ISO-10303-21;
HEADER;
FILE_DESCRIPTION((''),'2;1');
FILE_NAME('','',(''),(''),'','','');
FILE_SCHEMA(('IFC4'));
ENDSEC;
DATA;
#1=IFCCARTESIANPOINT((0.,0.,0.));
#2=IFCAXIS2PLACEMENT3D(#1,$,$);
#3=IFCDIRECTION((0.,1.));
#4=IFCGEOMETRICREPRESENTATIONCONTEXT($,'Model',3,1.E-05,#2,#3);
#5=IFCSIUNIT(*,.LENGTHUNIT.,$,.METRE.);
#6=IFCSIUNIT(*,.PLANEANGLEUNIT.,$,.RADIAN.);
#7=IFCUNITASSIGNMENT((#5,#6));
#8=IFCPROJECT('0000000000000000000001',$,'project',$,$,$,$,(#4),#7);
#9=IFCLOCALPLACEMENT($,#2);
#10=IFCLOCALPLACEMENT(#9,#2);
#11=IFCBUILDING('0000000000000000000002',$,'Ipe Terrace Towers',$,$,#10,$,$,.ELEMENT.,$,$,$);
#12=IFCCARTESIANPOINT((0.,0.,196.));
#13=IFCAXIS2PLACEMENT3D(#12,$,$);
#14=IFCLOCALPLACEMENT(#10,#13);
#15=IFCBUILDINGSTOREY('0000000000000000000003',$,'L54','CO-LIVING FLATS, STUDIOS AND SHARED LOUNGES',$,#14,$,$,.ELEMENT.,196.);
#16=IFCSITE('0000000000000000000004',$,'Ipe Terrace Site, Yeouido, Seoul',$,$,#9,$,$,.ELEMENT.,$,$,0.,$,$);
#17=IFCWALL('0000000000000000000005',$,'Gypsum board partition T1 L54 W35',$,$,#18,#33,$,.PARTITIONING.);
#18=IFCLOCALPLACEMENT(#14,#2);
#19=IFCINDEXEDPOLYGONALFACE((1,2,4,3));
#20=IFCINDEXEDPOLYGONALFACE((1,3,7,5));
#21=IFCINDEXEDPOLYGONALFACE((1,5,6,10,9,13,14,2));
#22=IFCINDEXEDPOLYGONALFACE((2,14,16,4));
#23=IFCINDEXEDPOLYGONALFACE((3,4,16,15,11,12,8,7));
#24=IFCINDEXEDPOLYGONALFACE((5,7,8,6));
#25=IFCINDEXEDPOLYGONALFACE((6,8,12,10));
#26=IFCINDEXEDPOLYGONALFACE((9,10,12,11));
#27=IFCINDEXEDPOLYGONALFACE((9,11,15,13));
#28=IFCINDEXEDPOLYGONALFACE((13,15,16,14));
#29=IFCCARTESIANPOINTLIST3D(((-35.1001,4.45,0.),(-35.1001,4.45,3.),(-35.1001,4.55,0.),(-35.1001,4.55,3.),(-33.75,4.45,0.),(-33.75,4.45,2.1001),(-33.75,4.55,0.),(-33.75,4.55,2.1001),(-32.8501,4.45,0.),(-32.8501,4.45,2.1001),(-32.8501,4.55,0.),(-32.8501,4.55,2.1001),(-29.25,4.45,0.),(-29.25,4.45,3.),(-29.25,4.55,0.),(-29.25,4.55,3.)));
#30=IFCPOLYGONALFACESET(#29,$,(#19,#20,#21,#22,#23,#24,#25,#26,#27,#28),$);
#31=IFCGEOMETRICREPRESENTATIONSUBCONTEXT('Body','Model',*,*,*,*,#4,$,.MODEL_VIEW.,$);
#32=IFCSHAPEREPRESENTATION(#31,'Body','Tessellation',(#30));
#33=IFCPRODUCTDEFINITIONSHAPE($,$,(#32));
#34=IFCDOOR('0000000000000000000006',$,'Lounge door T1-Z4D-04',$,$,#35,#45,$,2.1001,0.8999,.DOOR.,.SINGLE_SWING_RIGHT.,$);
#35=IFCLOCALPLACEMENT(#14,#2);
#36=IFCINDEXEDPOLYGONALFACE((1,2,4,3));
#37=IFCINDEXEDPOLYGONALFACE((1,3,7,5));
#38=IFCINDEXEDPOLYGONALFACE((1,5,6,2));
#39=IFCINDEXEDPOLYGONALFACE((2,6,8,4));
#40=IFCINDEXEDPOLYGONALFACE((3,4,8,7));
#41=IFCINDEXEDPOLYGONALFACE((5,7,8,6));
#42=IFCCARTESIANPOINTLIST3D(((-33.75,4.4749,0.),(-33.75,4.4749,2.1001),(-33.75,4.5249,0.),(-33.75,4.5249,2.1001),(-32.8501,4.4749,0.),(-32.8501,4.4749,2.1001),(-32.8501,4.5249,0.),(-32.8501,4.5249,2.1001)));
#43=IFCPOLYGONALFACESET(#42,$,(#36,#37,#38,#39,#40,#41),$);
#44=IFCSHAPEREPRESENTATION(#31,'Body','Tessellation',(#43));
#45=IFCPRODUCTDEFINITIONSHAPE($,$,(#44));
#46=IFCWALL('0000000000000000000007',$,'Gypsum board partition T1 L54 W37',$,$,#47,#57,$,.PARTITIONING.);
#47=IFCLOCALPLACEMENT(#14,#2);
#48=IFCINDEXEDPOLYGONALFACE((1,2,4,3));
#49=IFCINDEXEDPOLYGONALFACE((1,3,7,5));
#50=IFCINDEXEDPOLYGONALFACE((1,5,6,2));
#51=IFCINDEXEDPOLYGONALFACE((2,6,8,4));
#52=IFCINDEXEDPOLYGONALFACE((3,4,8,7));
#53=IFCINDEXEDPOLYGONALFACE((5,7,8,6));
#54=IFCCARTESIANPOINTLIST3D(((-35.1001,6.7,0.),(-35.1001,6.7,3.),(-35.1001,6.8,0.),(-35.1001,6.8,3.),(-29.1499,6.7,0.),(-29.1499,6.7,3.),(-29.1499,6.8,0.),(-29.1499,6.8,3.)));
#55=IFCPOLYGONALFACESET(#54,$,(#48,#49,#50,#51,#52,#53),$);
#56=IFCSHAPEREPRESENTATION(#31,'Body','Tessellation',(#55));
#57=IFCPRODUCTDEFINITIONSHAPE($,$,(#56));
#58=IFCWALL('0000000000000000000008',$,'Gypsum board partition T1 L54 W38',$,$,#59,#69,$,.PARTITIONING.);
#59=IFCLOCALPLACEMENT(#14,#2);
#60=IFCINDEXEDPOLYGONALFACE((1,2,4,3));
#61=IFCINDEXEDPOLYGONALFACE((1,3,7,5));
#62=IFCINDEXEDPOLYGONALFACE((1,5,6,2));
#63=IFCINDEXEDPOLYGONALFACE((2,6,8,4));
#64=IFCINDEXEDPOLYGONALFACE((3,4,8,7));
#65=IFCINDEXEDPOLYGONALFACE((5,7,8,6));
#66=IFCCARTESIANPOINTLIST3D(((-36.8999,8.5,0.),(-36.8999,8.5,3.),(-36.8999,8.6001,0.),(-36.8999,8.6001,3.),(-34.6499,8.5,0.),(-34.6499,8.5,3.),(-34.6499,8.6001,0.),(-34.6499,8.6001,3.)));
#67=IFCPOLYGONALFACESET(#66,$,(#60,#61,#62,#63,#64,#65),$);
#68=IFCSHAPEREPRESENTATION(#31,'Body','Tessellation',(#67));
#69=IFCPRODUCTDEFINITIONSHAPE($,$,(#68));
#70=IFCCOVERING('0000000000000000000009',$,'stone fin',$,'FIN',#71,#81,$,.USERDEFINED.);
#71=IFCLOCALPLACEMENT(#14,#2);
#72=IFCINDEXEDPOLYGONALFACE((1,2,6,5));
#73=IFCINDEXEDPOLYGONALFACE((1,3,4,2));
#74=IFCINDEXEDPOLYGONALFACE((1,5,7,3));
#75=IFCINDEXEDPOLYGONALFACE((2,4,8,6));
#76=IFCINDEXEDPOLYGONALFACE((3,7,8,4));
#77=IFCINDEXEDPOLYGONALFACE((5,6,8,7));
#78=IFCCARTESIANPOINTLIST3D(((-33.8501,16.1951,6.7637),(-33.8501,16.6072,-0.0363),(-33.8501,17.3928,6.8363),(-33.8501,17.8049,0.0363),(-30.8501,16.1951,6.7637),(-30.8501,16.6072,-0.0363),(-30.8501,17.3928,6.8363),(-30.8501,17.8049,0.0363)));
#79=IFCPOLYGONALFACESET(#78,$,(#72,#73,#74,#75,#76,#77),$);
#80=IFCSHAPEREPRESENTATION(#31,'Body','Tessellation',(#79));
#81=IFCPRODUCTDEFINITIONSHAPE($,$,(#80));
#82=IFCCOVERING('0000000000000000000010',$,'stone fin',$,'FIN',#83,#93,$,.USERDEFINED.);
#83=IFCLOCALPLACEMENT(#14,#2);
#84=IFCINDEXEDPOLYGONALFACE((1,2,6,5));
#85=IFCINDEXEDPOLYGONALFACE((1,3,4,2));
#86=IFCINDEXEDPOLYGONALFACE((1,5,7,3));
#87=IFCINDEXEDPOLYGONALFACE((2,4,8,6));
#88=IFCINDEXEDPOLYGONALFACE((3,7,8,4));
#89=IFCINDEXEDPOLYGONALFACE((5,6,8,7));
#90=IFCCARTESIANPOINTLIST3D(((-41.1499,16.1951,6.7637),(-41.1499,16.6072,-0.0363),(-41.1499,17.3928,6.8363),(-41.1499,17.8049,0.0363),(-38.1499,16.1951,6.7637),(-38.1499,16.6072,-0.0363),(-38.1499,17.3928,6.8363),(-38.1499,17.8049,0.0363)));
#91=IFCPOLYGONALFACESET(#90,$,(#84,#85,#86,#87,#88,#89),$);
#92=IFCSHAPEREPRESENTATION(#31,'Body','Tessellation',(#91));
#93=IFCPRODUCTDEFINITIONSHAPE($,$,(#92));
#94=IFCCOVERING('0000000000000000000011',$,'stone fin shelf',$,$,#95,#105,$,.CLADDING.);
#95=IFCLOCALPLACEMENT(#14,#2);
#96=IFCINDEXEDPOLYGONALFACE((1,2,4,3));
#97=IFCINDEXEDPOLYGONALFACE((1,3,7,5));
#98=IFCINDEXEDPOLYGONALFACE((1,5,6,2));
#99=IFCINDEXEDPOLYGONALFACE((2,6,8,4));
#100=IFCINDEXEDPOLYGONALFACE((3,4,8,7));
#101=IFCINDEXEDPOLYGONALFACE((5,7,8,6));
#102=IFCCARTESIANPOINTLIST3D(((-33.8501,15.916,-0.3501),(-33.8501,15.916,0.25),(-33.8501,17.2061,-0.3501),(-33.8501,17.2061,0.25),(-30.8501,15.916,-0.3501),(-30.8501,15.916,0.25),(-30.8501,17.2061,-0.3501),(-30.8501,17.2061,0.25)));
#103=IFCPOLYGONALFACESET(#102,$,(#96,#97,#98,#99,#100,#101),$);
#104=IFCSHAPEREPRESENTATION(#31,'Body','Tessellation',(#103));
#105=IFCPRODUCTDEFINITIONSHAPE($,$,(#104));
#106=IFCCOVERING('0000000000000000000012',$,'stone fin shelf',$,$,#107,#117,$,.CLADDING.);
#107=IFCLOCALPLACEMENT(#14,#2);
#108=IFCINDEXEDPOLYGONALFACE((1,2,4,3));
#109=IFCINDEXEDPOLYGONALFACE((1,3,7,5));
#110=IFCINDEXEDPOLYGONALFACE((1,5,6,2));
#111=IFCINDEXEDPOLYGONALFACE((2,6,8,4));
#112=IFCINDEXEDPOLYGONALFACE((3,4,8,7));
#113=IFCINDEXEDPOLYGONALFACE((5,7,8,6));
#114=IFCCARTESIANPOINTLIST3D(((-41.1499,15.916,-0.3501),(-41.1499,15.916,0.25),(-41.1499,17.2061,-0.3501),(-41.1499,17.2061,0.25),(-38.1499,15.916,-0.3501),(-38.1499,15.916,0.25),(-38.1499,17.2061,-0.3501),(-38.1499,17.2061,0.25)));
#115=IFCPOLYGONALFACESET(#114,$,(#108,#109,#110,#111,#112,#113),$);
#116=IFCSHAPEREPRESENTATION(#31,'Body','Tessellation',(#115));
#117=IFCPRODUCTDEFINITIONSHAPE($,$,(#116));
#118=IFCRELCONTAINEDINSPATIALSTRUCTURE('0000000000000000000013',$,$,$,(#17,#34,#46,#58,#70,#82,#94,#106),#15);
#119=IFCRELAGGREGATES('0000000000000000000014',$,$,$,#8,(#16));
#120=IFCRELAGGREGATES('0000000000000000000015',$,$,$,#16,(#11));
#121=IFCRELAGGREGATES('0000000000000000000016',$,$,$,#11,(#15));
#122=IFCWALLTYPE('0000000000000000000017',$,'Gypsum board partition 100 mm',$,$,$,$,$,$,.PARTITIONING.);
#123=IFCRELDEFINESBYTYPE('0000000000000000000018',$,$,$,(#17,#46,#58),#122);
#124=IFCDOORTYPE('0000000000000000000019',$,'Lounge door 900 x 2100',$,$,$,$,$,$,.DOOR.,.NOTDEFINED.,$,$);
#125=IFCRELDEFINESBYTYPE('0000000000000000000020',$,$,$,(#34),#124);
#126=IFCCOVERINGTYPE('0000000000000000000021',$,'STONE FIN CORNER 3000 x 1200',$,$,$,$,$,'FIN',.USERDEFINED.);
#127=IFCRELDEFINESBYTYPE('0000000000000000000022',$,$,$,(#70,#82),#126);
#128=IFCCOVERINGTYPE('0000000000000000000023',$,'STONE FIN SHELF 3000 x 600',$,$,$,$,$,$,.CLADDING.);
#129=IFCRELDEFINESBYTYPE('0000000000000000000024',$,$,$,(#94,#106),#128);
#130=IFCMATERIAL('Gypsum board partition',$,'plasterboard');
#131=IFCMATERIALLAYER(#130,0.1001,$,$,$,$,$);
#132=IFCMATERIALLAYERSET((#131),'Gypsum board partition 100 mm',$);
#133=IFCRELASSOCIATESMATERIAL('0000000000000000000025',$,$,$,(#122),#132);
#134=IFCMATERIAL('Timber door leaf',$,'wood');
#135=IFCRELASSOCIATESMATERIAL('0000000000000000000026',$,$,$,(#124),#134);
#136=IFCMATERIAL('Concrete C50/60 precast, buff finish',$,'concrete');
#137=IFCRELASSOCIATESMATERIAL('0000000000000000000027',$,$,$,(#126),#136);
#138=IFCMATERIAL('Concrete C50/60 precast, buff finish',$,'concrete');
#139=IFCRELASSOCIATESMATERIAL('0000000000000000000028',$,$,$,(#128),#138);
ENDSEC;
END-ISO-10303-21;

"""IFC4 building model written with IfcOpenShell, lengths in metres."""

from ifc_helpers import new_model, si_unit, direction, frame, frame_2d, origin, origin_2d, place, context, subcontext, project, spatial, rectangle, extrude, material, layer, layer_set, material_profile, profile_set, type_object, element, fill, save


model = new_model("IFC4")

# Units and contexts
model_context = context("Model", 3, precision=1e-05, world=origin(), true_north=direction((0.0, 1.0)))
body_context = subcontext(model_context, "Body", "Model", "MODEL_VIEW")
ifc_project = project(units=[si_unit("LENGTHUNIT", "METRE"), si_unit("PLANEANGLEUNIT", "RADIAN")], contexts=[model_context])

# Site, building, storey
site_placement = place(None, origin())
site = spatial("IfcSite", under=ifc_project, at=site_placement, Name="Ipe Terrace Site, Yeouido, Seoul", CompositionType="ELEMENT", RefElevation=0.0)
building_placement = place(site_placement, origin())
building = spatial("IfcBuilding", under=site, at=building_placement, Name="Ipe Terrace Towers", CompositionType="ELEMENT")
storey_placement = place(building_placement, frame((0.0, 0.0, 196.0)))
storey = spatial("IfcBuildingStorey", under=building, at=storey_placement, Name="L54", Description="CO-LIVING FLATS, STUDIOS AND SHARED LOUNGES", CompositionType="ELEMENT", Elevation=196.0)

# Shared definitions
ifc_material_1 = material(Name="Gypsum board partition", Category="plasterboard")
ifc_layer_1 = layer(ifc_material_1, 0.1001)
ifc_layer_set_1 = layer_set([ifc_layer_1], Name="Gypsum board partition 100 mm")
wall_type_1 = type_object("IfcWallType", Name="Gypsum board partition 100 mm", PredefinedType="PARTITIONING", material=ifc_layer_set_1)
ifc_material_2 = material(Name="Timber door leaf", Category="wood")
door_type = type_object("IfcDoorType", Name="Lounge door 900 x 2100", OperationType="NOTDEFINED", PredefinedType="DOOR", material=ifc_material_2)

# Wall, opening, door
wall_1_placement = place(storey_placement, frame((-35.1001, 4.5, 0.0), z_axis=(0.0, 0.0, 1.0), x_axis=(1.0, 0.0, 0.0)))
wall_1 = element("IfcWall", 1, at=wall_1_placement, inside=storey, type_object=wall_type_1, Name="Gypsum board partition T1 L54 W35", PredefinedType="PARTITIONING", context=body_context, shape_type="SweptSolid", body=[
    extrude(rectangle(XDim=5.8501, YDim=0.1001, at=frame_2d((2.925, 0.0))), origin(), (0.0, 0.0, 1.0), 3.0),
])
opening_1_placement = place(wall_1_placement, frame((1.3501, 0.0, 0.0)))
opening_1 = element("IfcOpeningElement", 2, at=opening_1_placement, cuts=wall_1, PredefinedType="OPENING", context=body_context, shape_type="SweptSolid", body=[
    extrude(rectangle(XDim=0.8999, YDim=2.1001, at=frame_2d((0.45, 1.05))), frame((0.0, 0.0601, 0.0), z_axis=(0.0, -1.0, 0.0), x_axis=(1.0, 0.0, 0.0)), (0.0, 0.0, 1.0), 0.1201),
])
door_1_placement = place(opening_1_placement, origin())
door_1 = element("IfcDoor", 3, at=door_1_placement, inside=storey, type_object=door_type, Name="Lounge door T1-Z4D-04", OperationType="SINGLE_SWING_RIGHT", OverallHeight=2.1001, OverallWidth=0.8999, PredefinedType="DOOR", context=body_context, shape_type="SweptSolid", body=[
    extrude(rectangle(XDim=0.8999, YDim=2.1001, at=frame_2d((0.45, 1.05))), frame((0.0, 0.0249, 0.0), z_axis=(0.0, -1.0, 0.0), x_axis=(1.0, 0.0, 0.0)), (0.0, 0.0, 1.0), 0.05),
])
fill(opening_1, door_1)

# Walls
wall_2_placement = place(storey_placement, frame((-35.1001, 6.75, 0.0), z_axis=(0.0, 0.0, 1.0), x_axis=(1.0, 0.0, 0.0)))
element("IfcWall", 4, at=wall_2_placement, inside=storey, type_object=wall_type_1, Name="Gypsum board partition T1 L54 W37", PredefinedType="PARTITIONING", context=body_context, shape_type="SweptSolid", body=[
    extrude(rectangle(XDim=5.9502, YDim=0.1001, at=frame_2d((2.9751, 0.0))), origin(), (0.0, 0.0, 1.0), 3.0),
])
wall_3_placement = place(storey_placement, frame((-36.8999, 8.55, 0.0), z_axis=(0.0, 0.0, 1.0), x_axis=(1.0, 0.0, 0.0)))
element("IfcWall", 5, at=wall_3_placement, inside=storey, type_object=wall_type_1, Name="Gypsum board partition T1 L54 W38", PredefinedType="PARTITIONING", context=body_context, shape_type="SweptSolid", body=[
    extrude(rectangle(XDim=2.25, YDim=0.1001, at=frame_2d((1.125, 0.0))), origin(), (0.0, 0.0, 1.0), 3.0),
])

# Coverings
ifc_material_3 = material(Name="Concrete C50/60 precast, buff finish", Category="concrete")
ifc_material_profile_1 = material_profile(ifc_material_3, rectangle(XDim=3.0, YDim=1.2, at=origin_2d()), Name="STONE FIN CORNER 3000 x 1200")
ifc_profile_set_1 = profile_set([ifc_material_profile_1], Name="Concrete C50/60 precast, buff finish")
covering_type_1 = type_object("IfcCoveringType", Name="STONE FIN CORNER 3000 x 1200", ElementType="FIN", PredefinedType="USERDEFINED", material=ifc_profile_set_1)
for number, where, z_axis, x_axis, name in (
    (6, (-32.3501, 17.2061, 0.0), (0.0, -0.060493, 0.998169), (-1.0, 0.0, 0.0), "stone fin"),
    (7, (-39.6499, 17.2061, 0.0), (0.0, -0.060493, 0.998169), (-1.0, 0.0, 0.0), "stone fin"),
):
    element("IfcCovering", number, at=place(storey_placement, frame(where, z_axis=z_axis, x_axis=x_axis)), inside=storey, type_object=covering_type_1, Name=name, ObjectType="FIN", PredefinedType="USERDEFINED", context=body_context, shape_type="SweptSolid", body=[
        extrude(rectangle(XDim=3.0, YDim=1.2, at=origin_2d()), origin(), (0.0, 0.0, 1.0), 6.8125),
    ])
ifc_material_4 = material(Name="Concrete C50/60 precast, buff finish", Category="concrete")
covering_type_2 = type_object("IfcCoveringType", Name="STONE FIN SHELF 3000 x 600", PredefinedType="CLADDING", material=ifc_material_4)
for number, where, z_axis, x_axis, name in (
    (8, (-32.3501, 16.561, -0.3501), (0.0, 0.0, 1.0), (-1.0, 0.0, 0.0), "stone fin shelf"),
    (9, (-39.6499, 16.561, -0.3501), (0.0, 0.0, 1.0), (-1.0, 0.0, 0.0), "stone fin shelf"),
):
    element("IfcCovering", number, at=place(storey_placement, frame(where, z_axis=z_axis, x_axis=x_axis)), inside=storey, type_object=covering_type_2, Name=name, PredefinedType="CLADDING", context=body_context, shape_type="SweptSolid", body=[
        extrude(rectangle(XDim=3.0, YDim=1.29, at=origin_2d()), origin(), (0.0, 0.0, 1.0), 0.6001),
    ])

save(model, "model.ifc")
